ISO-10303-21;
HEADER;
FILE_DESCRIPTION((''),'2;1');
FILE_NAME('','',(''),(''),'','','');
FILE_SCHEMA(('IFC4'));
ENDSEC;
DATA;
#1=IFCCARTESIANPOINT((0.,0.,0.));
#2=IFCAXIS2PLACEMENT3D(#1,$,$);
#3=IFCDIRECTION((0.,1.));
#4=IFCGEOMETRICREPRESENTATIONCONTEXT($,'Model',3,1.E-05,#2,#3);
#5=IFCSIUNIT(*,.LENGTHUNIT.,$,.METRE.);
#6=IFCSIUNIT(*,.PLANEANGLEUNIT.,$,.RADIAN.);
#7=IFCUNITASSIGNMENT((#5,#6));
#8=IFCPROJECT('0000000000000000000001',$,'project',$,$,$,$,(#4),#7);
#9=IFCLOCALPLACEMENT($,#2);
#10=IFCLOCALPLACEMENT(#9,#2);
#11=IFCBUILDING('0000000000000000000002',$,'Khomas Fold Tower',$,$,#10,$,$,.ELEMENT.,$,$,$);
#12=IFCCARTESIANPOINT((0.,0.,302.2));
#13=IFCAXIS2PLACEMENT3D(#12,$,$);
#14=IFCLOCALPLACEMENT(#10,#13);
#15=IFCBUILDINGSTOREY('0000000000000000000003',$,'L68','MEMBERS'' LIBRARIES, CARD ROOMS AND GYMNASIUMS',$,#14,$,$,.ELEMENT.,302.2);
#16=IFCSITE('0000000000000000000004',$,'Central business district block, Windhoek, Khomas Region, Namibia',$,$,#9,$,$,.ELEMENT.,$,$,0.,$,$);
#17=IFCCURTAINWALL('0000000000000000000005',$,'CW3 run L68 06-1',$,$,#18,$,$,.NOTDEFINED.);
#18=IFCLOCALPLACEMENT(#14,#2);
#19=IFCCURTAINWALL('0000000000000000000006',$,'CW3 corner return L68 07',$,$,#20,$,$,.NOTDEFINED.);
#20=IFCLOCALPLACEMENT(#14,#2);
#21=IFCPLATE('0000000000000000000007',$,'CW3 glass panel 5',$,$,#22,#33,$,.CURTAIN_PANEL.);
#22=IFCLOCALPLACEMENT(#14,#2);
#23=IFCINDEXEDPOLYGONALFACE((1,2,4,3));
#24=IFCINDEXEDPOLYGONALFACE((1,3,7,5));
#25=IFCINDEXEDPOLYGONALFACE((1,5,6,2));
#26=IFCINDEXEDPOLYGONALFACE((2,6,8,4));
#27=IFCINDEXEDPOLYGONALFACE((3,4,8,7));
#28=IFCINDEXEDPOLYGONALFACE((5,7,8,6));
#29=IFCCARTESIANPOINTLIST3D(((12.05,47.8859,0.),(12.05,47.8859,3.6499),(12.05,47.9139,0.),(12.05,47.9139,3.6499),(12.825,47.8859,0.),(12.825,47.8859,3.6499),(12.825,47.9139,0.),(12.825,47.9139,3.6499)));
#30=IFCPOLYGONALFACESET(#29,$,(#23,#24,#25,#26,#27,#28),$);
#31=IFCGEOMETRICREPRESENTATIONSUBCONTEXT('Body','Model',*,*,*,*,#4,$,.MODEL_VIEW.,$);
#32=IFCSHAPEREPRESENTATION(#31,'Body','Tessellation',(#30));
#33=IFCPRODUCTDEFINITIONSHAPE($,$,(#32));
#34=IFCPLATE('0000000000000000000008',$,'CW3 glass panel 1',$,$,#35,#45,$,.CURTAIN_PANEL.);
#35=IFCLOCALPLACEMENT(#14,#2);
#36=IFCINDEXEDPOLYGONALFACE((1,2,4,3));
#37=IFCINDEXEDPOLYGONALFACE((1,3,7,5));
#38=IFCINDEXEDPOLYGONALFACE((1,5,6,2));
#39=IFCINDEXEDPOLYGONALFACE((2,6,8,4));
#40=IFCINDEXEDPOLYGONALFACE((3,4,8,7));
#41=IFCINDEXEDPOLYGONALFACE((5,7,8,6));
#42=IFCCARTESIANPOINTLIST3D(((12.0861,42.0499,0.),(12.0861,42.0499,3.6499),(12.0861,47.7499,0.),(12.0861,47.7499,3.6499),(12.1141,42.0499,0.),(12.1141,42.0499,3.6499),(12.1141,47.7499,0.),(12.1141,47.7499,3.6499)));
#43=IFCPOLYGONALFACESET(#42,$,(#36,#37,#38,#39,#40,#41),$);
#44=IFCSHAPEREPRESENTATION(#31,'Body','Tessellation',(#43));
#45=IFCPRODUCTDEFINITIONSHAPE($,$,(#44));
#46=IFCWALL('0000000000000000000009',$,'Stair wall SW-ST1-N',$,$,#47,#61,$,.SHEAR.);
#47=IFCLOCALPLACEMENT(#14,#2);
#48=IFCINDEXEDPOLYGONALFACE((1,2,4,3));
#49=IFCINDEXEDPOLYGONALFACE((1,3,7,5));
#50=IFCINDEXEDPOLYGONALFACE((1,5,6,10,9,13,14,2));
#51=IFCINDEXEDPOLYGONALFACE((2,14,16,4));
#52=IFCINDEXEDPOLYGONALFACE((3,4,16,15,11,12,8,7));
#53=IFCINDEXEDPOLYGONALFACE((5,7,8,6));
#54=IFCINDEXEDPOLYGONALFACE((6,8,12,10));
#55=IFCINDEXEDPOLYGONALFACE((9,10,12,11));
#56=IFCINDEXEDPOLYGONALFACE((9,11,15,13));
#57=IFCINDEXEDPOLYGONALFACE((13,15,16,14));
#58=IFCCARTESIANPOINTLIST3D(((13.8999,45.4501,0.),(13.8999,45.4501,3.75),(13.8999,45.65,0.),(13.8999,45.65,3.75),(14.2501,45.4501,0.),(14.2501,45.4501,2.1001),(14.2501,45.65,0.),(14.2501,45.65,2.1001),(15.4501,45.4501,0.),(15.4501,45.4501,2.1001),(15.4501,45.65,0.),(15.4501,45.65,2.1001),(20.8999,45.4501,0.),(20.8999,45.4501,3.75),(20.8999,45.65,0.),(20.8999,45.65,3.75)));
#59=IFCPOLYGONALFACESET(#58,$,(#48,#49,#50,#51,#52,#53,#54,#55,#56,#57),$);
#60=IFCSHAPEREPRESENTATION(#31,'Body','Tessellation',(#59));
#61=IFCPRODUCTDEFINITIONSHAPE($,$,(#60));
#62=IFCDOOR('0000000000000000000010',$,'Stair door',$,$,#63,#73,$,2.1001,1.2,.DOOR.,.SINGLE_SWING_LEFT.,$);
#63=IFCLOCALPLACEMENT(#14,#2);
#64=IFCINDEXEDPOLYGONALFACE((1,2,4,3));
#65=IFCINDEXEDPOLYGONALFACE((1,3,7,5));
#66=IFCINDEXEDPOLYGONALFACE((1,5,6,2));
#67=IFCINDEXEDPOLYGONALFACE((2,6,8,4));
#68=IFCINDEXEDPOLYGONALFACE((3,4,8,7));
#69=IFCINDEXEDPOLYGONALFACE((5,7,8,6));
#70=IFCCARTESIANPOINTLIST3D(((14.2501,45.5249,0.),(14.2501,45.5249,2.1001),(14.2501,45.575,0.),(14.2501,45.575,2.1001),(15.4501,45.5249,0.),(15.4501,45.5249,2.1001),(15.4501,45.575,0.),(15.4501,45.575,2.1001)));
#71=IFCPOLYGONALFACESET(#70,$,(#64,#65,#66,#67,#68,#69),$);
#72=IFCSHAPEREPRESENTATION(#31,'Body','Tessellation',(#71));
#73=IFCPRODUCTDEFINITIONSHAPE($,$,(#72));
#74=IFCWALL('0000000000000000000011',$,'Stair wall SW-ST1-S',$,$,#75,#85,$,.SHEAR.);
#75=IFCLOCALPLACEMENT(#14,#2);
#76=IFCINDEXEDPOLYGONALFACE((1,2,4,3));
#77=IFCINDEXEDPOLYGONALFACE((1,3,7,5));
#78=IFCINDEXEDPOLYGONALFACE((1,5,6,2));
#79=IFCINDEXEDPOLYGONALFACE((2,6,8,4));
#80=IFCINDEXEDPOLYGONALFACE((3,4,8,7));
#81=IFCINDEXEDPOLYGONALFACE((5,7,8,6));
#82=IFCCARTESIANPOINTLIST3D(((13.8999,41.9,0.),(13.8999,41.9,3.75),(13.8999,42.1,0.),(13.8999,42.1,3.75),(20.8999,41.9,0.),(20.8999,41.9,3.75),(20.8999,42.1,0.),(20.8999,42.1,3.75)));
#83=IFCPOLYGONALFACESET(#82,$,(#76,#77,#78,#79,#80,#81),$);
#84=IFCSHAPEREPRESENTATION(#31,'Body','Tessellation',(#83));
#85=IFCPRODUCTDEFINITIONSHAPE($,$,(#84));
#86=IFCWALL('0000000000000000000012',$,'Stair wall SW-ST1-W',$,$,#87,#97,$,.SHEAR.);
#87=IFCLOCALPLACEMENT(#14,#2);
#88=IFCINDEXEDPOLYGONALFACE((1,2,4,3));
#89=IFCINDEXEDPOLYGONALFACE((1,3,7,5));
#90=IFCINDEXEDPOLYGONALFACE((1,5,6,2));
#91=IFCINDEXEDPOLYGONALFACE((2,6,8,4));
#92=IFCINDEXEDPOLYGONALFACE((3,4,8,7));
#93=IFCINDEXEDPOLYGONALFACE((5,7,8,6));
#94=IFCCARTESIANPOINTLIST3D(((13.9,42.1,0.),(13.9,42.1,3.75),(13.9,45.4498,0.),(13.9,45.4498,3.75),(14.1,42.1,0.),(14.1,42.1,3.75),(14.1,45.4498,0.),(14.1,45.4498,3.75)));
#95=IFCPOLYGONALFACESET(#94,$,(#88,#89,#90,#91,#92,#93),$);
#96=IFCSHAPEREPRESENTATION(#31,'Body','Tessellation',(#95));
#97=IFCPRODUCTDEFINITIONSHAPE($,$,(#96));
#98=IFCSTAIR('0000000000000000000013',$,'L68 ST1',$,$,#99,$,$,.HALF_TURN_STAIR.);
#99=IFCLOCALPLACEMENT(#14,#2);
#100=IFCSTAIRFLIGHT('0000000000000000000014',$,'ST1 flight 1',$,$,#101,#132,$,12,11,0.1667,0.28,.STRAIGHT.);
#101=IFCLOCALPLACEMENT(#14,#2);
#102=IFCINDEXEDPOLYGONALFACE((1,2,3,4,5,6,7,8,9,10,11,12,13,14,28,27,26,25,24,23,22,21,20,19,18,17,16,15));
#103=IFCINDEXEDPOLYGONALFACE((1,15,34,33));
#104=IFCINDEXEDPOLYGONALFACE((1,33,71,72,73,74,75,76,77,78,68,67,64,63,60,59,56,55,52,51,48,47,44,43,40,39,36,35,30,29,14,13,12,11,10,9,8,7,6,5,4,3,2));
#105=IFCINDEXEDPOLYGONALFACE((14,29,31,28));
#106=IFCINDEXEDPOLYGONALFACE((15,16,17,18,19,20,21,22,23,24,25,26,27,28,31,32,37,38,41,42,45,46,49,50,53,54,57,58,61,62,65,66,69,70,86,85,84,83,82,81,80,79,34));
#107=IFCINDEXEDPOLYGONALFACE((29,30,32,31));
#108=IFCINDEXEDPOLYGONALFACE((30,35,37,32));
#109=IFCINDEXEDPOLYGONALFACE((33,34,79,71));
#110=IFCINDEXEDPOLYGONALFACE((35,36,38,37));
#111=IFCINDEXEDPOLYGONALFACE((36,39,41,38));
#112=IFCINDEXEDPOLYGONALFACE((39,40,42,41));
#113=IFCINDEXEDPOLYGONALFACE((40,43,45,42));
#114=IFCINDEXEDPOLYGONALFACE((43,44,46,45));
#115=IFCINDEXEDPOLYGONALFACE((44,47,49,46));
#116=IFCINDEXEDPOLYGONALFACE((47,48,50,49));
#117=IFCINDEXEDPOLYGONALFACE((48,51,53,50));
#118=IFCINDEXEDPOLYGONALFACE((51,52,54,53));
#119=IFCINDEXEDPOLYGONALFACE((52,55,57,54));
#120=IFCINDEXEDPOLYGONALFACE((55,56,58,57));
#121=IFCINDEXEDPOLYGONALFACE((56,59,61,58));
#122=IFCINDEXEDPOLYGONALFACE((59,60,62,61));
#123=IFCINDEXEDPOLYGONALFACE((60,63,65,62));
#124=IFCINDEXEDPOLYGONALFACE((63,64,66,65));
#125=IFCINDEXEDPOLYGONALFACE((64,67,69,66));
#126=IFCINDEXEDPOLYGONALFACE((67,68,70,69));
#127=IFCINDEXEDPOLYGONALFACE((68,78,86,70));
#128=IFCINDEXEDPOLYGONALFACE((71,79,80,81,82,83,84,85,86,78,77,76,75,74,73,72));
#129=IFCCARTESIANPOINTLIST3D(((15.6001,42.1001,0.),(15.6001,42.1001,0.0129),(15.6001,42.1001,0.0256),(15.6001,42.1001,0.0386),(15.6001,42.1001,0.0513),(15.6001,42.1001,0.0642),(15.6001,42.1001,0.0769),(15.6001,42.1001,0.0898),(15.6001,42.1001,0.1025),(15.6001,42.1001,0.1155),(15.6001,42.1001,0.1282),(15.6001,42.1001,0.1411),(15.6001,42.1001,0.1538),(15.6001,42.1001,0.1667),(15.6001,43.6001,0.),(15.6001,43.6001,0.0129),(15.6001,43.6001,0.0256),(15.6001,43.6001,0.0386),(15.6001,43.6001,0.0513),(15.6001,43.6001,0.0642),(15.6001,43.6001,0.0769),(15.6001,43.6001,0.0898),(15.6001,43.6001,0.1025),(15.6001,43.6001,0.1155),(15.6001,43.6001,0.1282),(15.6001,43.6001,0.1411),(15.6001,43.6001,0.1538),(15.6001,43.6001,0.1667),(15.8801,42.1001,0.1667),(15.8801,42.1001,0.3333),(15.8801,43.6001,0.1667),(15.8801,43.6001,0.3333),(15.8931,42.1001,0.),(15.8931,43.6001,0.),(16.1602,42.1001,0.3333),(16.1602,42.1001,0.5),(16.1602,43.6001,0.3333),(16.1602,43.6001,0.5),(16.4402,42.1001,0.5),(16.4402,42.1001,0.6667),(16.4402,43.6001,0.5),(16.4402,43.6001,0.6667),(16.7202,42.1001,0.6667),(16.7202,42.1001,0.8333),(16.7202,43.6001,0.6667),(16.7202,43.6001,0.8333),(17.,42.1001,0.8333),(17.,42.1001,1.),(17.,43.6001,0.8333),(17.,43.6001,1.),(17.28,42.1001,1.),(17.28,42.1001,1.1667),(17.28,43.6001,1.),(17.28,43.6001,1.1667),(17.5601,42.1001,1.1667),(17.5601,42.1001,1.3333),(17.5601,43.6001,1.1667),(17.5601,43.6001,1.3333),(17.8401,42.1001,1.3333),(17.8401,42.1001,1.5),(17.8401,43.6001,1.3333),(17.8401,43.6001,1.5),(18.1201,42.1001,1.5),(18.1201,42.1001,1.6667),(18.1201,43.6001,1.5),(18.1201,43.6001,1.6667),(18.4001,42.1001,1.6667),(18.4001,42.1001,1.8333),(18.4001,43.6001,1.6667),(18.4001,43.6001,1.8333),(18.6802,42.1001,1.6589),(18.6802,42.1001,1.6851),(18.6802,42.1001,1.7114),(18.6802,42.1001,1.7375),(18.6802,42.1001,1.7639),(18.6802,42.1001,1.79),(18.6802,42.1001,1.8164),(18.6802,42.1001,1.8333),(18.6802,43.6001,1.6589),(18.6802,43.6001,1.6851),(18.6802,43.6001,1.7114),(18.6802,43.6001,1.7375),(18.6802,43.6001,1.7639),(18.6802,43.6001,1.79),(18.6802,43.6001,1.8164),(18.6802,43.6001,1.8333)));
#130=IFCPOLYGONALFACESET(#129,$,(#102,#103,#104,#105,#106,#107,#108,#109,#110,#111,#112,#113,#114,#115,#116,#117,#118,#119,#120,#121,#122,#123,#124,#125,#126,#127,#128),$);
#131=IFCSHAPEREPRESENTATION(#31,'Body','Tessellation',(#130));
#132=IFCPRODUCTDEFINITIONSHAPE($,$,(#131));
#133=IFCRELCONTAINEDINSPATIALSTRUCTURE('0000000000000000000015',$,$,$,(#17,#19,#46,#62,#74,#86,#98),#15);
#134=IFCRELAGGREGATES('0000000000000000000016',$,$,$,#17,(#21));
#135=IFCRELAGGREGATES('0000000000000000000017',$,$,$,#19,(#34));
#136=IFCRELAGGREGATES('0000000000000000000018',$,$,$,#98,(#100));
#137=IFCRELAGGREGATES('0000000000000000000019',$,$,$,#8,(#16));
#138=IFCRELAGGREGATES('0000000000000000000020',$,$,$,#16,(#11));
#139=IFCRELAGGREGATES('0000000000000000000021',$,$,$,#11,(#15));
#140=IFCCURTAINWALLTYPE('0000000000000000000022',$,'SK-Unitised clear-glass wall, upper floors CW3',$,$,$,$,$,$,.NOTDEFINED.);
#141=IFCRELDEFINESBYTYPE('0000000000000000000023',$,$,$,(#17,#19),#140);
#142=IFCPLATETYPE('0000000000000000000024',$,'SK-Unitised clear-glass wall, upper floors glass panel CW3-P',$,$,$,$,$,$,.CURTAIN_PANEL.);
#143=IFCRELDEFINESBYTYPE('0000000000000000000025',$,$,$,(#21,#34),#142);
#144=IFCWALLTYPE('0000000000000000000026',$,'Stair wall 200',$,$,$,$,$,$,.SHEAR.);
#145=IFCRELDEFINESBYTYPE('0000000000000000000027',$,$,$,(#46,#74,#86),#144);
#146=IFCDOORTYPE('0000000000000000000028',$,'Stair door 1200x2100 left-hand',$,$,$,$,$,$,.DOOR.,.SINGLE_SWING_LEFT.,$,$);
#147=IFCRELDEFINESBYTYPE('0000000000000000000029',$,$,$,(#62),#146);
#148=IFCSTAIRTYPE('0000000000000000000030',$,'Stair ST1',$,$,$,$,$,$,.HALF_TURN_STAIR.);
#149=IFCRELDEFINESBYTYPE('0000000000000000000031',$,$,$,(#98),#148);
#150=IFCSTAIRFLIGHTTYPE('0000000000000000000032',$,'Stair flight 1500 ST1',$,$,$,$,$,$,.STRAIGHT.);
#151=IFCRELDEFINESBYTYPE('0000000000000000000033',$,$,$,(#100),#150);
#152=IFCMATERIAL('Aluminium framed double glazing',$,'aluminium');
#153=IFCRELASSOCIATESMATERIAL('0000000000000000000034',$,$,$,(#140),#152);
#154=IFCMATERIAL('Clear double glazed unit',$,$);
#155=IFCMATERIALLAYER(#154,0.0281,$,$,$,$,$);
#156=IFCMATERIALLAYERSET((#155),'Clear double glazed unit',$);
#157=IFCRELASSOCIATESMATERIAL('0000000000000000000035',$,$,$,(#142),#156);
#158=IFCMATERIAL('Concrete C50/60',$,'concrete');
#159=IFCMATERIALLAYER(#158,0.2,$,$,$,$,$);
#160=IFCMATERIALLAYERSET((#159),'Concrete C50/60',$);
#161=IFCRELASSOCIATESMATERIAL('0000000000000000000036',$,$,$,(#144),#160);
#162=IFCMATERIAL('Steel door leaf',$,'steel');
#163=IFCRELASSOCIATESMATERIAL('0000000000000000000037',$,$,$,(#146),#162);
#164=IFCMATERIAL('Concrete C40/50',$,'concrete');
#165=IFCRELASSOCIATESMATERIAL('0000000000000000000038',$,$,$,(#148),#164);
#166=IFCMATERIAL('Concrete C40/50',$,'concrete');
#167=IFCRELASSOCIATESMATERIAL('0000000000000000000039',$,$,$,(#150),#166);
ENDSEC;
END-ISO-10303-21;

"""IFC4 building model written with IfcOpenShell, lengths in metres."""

from ifc_helpers import new_model, si_unit, direction, frame, frame_2d, origin, origin_2d, place, context, subcontext, project, spatial, polyline, rectangle, outline, extrude, source, transform, mapped, material, layer, layer_set, type_object, element, fill, aggregate, save


model = new_model("IFC4")

# Units and contexts
model_context = context("Model", 3, precision=1e-05, world=origin(), true_north=direction((0.0, 1.0)))
body_context = subcontext(model_context, "Body", "Model", "MODEL_VIEW")
ifc_project = project(units=[si_unit("LENGTHUNIT", "METRE"), si_unit("PLANEANGLEUNIT", "RADIAN")], contexts=[model_context])

# Site, building, storey
site_placement = place(None, origin())
site = spatial("IfcSite", under=ifc_project, at=site_placement, Name="Central business district block, Windhoek, Khomas Region, Namibia", CompositionType="ELEMENT", RefElevation=0.0)
building_placement = place(site_placement, origin())
building = spatial("IfcBuilding", under=site, at=building_placement, Name="Khomas Fold Tower", CompositionType="ELEMENT")
storey_placement = place(building_placement, frame((0.0, 0.0, 302.2)))
storey = spatial("IfcBuildingStorey", under=building, at=storey_placement, Name="L68", Description="MEMBERS' LIBRARIES, CARD ROOMS AND GYMNASIUMS", CompositionType="ELEMENT", Elevation=302.2)

# Curtain walls
ifc_material_1 = material(Name="Aluminium framed double glazing", Category="aluminium")
curtain_wall_type = type_object("IfcCurtainWallType", Name="SK-Unitised clear-glass wall, upper floors CW3", PredefinedType="NOTDEFINED", material=ifc_material_1)
curtain_wall_1_placement = place(storey_placement, origin())
curtain_wall_1 = element("IfcCurtainWall", 1, at=curtain_wall_1_placement, inside=storey, type_object=curtain_wall_type, Name="CW3 run L68 06-1", PredefinedType="NOTDEFINED")
curtain_wall_2_placement = place(storey_placement, origin())
curtain_wall_2 = element("IfcCurtainWall", 2, at=curtain_wall_2_placement, inside=storey, type_object=curtain_wall_type, Name="CW3 corner return L68 07", PredefinedType="NOTDEFINED")

# Plates
ifc_material_2 = material(Name="Clear double glazed unit")
ifc_layer_1 = layer(ifc_material_2, 0.0281)
ifc_layer_set_1 = layer_set([ifc_layer_1], Name="Clear double glazed unit")
plate_type = type_object("IfcPlateType", Name="SK-Unitised clear-glass wall, upper floors glass panel CW3-P", PredefinedType="CURTAIN_PANEL", material=ifc_layer_set_1)
shared_shape_1 = source(origin(), body_context, "Body", "SweptSolid", [
    extrude(rectangle(XDim=0.7749, YDim=0.0281, at=origin_2d()), origin(), (0.0, 0.0, 1.0), 3.6499),
])
plate_1_placement = place(storey_placement, frame((12.4375, 47.8999, 0.0), z_axis=(0.0, 0.0, 1.0), x_axis=(-1.0, 0.0, 0.0)))
plate_1 = element("IfcPlate", 3, at=plate_1_placement, type_object=plate_type, Name="CW3 glass panel 5", PredefinedType="CURTAIN_PANEL", context=body_context, shape_type="MappedRepresentation", body=[
    mapped(shared_shape_1, transform((0.0, 0.0, 0.0))),
])
aggregate(curtain_wall_1, [plate_1])
shared_shape_2 = source(origin(), body_context, "Body", "SweptSolid", [
    extrude(rectangle(XDim=5.7, YDim=0.0281, at=origin_2d()), origin(), (0.0, 0.0, 1.0), 3.6499),
])
plate_2_placement = place(storey_placement, frame((12.1001, 44.8999, 0.0), z_axis=(0.0, 0.0, 1.0), x_axis=(0.0, -1.0, 0.0)))
plate_2 = element("IfcPlate", 4, at=plate_2_placement, type_object=plate_type, Name="CW3 glass panel 1", PredefinedType="CURTAIN_PANEL", context=body_context, shape_type="MappedRepresentation", body=[
    mapped(shared_shape_2, transform((0.0, 0.0, 0.0))),
])
aggregate(curtain_wall_2, [plate_2])

# Wall, opening, door
ifc_material_3 = material(Name="Concrete C50/60", Category="concrete")
ifc_layer_2 = layer(ifc_material_3, 0.2)
ifc_layer_set_2 = layer_set([ifc_layer_2], Name="Concrete C50/60")
wall_type = type_object("IfcWallType", Name="Stair wall 200", PredefinedType="SHEAR", material=ifc_layer_set_2)
shared_shape_3 = source(origin(), body_context, "Body", "SweptSolid", [
    extrude(rectangle(XDim=7.0, YDim=0.2, at=frame_2d((3.5, 0.0))), origin(), (0.0, 0.0, 1.0), 3.75),
])
wall_1_placement = place(storey_placement, frame((13.8999, 45.55, 0.0), z_axis=(0.0, 0.0, 1.0), x_axis=(1.0, 0.0, 0.0)))
wall_1 = element("IfcWall", 5, at=wall_1_placement, inside=storey, type_object=wall_type, Name="Stair wall SW-ST1-N", PredefinedType="SHEAR", context=body_context, shape_type="MappedRepresentation", body=[
    mapped(shared_shape_3, transform((0.0, 0.0, 0.0))),
])
shared_shape_4 = source(origin(), body_context, "Body", "SweptSolid", [
    extrude(rectangle(XDim=1.2, YDim=2.1001, at=frame_2d((0.6001, 1.05))), frame((0.0, 0.1099, 0.0), z_axis=(0.0, -1.0, 0.0), x_axis=(1.0, 0.0, 0.0)), (0.0, 0.0, 1.0), 0.22),
])
opening_placement = place(wall_1_placement, frame((0.3501, 0.0, 0.0)))
opening = element("IfcOpeningElement", 6, at=opening_placement, cuts=wall_1, PredefinedType="OPENING", context=body_context, shape_type="MappedRepresentation", body=[
    mapped(shared_shape_4, transform((0.0, 0.0, 0.0))),
])
ifc_material_4 = material(Name="Steel door leaf", Category="steel")
door_type = type_object("IfcDoorType", Name="Stair door 1200x2100 left-hand", OperationType="SINGLE_SWING_LEFT", PredefinedType="DOOR", material=ifc_material_4)
shared_shape_5 = source(origin(), body_context, "Body", "SweptSolid", [
    extrude(rectangle(XDim=1.2, YDim=2.1001, at=frame_2d((0.6001, 1.05))), frame((0.0, 0.0249, 0.0), z_axis=(0.0, -1.0, 0.0), x_axis=(1.0, 0.0, 0.0)), (0.0, 0.0, 1.0), 0.05),
])
door_placement = place(opening_placement, origin())
door = element("IfcDoor", 7, at=door_placement, inside=storey, type_object=door_type, Name="Stair door", OperationType="SINGLE_SWING_LEFT", OverallHeight=2.1001, OverallWidth=1.2, PredefinedType="DOOR", context=body_context, shape_type="MappedRepresentation", body=[
    mapped(shared_shape_5, transform((0.0, 0.0, 0.0))),
])
fill(opening, door)

# Walls
wall_2_placement = place(storey_placement, frame((13.8999, 42.0, 0.0), z_axis=(0.0, 0.0, 1.0), x_axis=(1.0, 0.0, 0.0)))
element("IfcWall", 8, at=wall_2_placement, inside=storey, type_object=wall_type, Name="Stair wall SW-ST1-S", PredefinedType="SHEAR", context=body_context, shape_type="MappedRepresentation", body=[
    mapped(shared_shape_3, transform((0.0, 0.0, 0.0))),
])
shared_shape_6 = source(origin(), body_context, "Body", "SweptSolid", [
    extrude(rectangle(XDim=3.3499, YDim=0.2, at=frame_2d((1.6748, 0.0))), origin(), (0.0, 0.0, 1.0), 3.75),
])
wall_3_placement = place(storey_placement, frame((14.0, 42.1001, 0.0), z_axis=(0.0, 0.0, 1.0), x_axis=(0.0, 1.0, 0.0)))
element("IfcWall", 9, at=wall_3_placement, inside=storey, type_object=wall_type, Name="Stair wall SW-ST1-W", PredefinedType="SHEAR", context=body_context, shape_type="MappedRepresentation", body=[
    mapped(shared_shape_6, transform((0.0, 0.0, 0.0))),
])

# Stair, stair flight
ifc_material_5 = material(Name="Concrete C40/50", Category="concrete")
stair_type = type_object("IfcStairType", Name="Stair ST1", PredefinedType="HALF_TURN_STAIR", material=ifc_material_5)
stair_placement = place(storey_placement, origin())
stair = element("IfcStair", 10, at=stair_placement, inside=storey, type_object=stair_type, Name="L68 ST1", PredefinedType="HALF_TURN_STAIR")
ifc_material_6 = material(Name="Concrete C40/50", Category="concrete")
stair_flight_type = type_object("IfcStairFlightType", Name="Stair flight 1500 ST1", PredefinedType="STRAIGHT", material=ifc_material_6)
shared_shape_7 = source(origin(), body_context, "Body", "SweptSolid", [
    extrude(outline(polyline([(0.0, 0.0), (0.0, 0.0129), (0.0, 0.0256), (0.0, 0.0386), (0.0, 0.0513), (0.0, 0.0642), (0.0, 0.0769), (0.0, 0.0898), (0.0, 0.1025), (0.0, 0.1155), (0.0, 0.1282), (0.0, 0.1411), (0.0, 0.1538), (0.0, 0.1667), (0.28, 0.1667), (0.28, 0.3333), (0.5601, 0.3333), (0.5601, 0.5), (0.8401, 0.5), (0.8401, 0.6667), (1.1201, 0.6667), (1.1201, 0.8333), (1.3999, 0.8333), (1.3999, 1.0), (1.6799, 1.0), (1.6799, 1.1667), (1.96, 1.1667), (1.96, 1.3333), (2.24, 1.3333), (2.24, 1.5), (2.52, 1.5), (2.52, 1.6667), (2.8, 1.6667), (2.8, 1.8333), (3.0801, 1.8333), (3.0801, 2.0), (3.0801, 1.9739), (3.0801, 1.9475), (3.0801, 1.9214), (3.0801, 1.895), (3.0801, 1.8689), (3.0801, 1.8425), (3.0801, 1.8164), (3.0801, 1.79), (3.0801, 1.7639), (3.0801, 1.7375), (3.0801, 1.7114), (3.0801, 1.6851), (3.0801, 1.6589), (0.293, 0.0), (0.0, 0.0)])), frame((0.0, 0.75, 0.0), z_axis=(0.0, -1.0, 0.0), x_axis=(1.0, 0.0, 0.0)), (0.0, 0.0, 1.0), 1.5),
])
stair_flight_placement = place(storey_placement, frame((15.6001, 42.8501, 0.0), z_axis=(0.0, 0.0, 1.0), x_axis=(1.0, 0.0, 0.0)))
stair_flight = element("IfcStairFlight", 11, at=stair_flight_placement, type_object=stair_flight_type, Name="ST1 flight 1", NumberOfRisers=12, NumberOfTreads=11, PredefinedType="STRAIGHT", RiserHeight=0.1667, TreadLength=0.28, context=body_context, shape_type="MappedRepresentation", body=[
    mapped(shared_shape_7, transform((0.0, 0.0, 0.0))),
])
aggregate(stair, [stair_flight])

save(model, "model.ifc")
